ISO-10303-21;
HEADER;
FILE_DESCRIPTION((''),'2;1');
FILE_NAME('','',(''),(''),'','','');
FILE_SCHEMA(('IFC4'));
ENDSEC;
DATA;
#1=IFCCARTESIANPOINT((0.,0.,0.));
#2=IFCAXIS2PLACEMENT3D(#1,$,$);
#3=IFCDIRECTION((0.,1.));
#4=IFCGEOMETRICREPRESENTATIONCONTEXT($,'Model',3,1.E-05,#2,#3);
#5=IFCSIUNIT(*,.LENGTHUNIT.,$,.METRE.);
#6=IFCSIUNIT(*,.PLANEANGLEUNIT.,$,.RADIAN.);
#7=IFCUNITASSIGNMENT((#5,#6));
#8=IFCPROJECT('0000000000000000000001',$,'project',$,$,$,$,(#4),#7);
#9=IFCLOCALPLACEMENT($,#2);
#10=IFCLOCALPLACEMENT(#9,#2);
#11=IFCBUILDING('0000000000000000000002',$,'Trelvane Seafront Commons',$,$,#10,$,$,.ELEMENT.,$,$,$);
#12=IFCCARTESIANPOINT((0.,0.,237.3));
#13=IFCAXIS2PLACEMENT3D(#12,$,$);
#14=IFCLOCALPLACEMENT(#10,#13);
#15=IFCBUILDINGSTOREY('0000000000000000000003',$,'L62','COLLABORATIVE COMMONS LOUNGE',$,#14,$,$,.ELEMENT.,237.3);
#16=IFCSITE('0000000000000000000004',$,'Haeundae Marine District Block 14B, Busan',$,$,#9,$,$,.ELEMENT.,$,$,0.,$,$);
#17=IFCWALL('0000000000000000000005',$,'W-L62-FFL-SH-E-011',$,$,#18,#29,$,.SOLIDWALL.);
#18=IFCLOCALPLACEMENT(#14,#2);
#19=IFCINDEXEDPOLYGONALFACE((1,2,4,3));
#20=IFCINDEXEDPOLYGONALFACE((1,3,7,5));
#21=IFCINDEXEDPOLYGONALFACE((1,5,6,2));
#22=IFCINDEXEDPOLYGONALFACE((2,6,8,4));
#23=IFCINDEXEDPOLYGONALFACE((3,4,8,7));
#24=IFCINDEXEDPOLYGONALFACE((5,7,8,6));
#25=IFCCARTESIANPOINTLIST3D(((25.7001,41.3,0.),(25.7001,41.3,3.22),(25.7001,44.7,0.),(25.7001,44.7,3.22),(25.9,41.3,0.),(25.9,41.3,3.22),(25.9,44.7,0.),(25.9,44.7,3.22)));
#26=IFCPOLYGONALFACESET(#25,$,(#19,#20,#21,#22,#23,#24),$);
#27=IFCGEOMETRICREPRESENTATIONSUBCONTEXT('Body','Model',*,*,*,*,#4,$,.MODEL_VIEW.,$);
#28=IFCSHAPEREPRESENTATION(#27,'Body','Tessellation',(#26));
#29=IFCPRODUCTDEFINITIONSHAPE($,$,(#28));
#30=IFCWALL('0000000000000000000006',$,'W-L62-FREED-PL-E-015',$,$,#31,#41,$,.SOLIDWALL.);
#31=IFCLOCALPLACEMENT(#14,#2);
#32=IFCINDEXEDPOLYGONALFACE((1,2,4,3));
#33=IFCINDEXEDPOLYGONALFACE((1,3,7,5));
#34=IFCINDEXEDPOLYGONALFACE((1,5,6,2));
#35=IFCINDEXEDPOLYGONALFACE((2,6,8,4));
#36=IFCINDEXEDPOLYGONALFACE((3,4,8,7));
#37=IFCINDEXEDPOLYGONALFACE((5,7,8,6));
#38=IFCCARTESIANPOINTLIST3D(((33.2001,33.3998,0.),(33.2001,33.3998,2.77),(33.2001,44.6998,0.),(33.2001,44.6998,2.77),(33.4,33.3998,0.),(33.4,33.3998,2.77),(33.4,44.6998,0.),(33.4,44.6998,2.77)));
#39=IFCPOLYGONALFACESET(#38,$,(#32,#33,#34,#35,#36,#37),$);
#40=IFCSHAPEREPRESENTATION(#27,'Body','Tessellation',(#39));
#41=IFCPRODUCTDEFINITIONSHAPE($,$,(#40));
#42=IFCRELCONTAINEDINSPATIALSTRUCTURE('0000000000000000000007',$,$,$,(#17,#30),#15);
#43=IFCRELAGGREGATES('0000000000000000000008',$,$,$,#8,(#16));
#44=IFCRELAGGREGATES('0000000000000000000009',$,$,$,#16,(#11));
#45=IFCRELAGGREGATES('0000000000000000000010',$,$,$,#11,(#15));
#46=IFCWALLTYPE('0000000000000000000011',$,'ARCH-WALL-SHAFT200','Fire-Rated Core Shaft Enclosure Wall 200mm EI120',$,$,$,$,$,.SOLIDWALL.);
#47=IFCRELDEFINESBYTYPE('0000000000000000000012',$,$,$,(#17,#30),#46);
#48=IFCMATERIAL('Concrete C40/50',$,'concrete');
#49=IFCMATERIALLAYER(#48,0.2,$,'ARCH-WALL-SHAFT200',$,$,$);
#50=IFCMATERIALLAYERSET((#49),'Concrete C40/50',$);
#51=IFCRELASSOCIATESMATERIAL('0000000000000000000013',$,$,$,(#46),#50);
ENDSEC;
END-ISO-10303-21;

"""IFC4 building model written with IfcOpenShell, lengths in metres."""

from ifc_helpers import new_model, si_unit, direction, frame, frame_2d, origin, place, context, subcontext, project, spatial, rectangle, extrude, material, layer, layer_set, type_object, element, save


model = new_model("IFC4")

# Units and contexts
model_context = context("Model", 3, precision=1e-05, world=origin(), true_north=direction((0.0, 1.0)))
body_context = subcontext(model_context, "Body", "Model", "MODEL_VIEW")
ifc_project = project(units=[si_unit("LENGTHUNIT", "METRE"), si_unit("PLANEANGLEUNIT", "RADIAN")], contexts=[model_context])

# Site, building, storey
site_placement = place(None, origin())
site = spatial("IfcSite", under=ifc_project, at=site_placement, Name="Haeundae Marine District Block 14B, Busan", CompositionType="ELEMENT", RefElevation=0.0)
building_placement = place(site_placement, origin())
building = spatial("IfcBuilding", under=site, at=building_placement, Name="Trelvane Seafront Commons", CompositionType="ELEMENT")
storey_placement = place(building_placement, frame((0.0, 0.0, 237.3)))
storey = spatial("IfcBuildingStorey", under=building, at=storey_placement, Name="L62", Description="COLLABORATIVE COMMONS LOUNGE", CompositionType="ELEMENT", Elevation=237.3)

# Shared definitions
ifc_material_1 = material(Name="Concrete C40/50", Category="concrete")

# Walls
ifc_layer_1 = layer(ifc_material_1, 0.2, Name="ARCH-WALL-SHAFT200")
ifc_layer_set_1 = layer_set([ifc_layer_1], Name="Concrete C40/50")
wall_type_1 = type_object("IfcWallType", Name="ARCH-WALL-SHAFT200", Description="Fire-Rated Core Shaft Enclosure Wall 200mm EI120", PredefinedType="SOLIDWALL", material=ifc_layer_set_1)
wall_1_placement = place(storey_placement, frame((25.8, 41.3, 0.0), z_axis=(0.0, 0.0, 1.0), x_axis=(0.0, 1.0, 0.0)))
element("IfcWall", 1, at=wall_1_placement, inside=storey, type_object=wall_type_1, Name="W-L62-FFL-SH-E-011", PredefinedType="SOLIDWALL", context=body_context, shape_type="SweptSolid", body=[
    extrude(rectangle(XDim=3.3999, YDim=0.2, at=frame_2d((1.7, 0.0))), origin(), (0.0, 0.0, 1.0), 3.22),
])
wall_2_placement = place(storey_placement, frame((33.3, 33.3999, 0.0), z_axis=(0.0, 0.0, 1.0), x_axis=(0.0, 1.0, 0.0)))
element("IfcWall", 2, at=wall_2_placement, inside=storey, type_object=wall_type_1, Name="W-L62-FREED-PL-E-015", PredefinedType="SOLIDWALL", context=body_context, shape_type="SweptSolid", body=[
    extrude(rectangle(XDim=11.3, YDim=0.2, at=frame_2d((5.6499, 0.0))), origin(), (0.0, 0.0, 1.0), 2.77),
])

save(model, "model.ifc")
